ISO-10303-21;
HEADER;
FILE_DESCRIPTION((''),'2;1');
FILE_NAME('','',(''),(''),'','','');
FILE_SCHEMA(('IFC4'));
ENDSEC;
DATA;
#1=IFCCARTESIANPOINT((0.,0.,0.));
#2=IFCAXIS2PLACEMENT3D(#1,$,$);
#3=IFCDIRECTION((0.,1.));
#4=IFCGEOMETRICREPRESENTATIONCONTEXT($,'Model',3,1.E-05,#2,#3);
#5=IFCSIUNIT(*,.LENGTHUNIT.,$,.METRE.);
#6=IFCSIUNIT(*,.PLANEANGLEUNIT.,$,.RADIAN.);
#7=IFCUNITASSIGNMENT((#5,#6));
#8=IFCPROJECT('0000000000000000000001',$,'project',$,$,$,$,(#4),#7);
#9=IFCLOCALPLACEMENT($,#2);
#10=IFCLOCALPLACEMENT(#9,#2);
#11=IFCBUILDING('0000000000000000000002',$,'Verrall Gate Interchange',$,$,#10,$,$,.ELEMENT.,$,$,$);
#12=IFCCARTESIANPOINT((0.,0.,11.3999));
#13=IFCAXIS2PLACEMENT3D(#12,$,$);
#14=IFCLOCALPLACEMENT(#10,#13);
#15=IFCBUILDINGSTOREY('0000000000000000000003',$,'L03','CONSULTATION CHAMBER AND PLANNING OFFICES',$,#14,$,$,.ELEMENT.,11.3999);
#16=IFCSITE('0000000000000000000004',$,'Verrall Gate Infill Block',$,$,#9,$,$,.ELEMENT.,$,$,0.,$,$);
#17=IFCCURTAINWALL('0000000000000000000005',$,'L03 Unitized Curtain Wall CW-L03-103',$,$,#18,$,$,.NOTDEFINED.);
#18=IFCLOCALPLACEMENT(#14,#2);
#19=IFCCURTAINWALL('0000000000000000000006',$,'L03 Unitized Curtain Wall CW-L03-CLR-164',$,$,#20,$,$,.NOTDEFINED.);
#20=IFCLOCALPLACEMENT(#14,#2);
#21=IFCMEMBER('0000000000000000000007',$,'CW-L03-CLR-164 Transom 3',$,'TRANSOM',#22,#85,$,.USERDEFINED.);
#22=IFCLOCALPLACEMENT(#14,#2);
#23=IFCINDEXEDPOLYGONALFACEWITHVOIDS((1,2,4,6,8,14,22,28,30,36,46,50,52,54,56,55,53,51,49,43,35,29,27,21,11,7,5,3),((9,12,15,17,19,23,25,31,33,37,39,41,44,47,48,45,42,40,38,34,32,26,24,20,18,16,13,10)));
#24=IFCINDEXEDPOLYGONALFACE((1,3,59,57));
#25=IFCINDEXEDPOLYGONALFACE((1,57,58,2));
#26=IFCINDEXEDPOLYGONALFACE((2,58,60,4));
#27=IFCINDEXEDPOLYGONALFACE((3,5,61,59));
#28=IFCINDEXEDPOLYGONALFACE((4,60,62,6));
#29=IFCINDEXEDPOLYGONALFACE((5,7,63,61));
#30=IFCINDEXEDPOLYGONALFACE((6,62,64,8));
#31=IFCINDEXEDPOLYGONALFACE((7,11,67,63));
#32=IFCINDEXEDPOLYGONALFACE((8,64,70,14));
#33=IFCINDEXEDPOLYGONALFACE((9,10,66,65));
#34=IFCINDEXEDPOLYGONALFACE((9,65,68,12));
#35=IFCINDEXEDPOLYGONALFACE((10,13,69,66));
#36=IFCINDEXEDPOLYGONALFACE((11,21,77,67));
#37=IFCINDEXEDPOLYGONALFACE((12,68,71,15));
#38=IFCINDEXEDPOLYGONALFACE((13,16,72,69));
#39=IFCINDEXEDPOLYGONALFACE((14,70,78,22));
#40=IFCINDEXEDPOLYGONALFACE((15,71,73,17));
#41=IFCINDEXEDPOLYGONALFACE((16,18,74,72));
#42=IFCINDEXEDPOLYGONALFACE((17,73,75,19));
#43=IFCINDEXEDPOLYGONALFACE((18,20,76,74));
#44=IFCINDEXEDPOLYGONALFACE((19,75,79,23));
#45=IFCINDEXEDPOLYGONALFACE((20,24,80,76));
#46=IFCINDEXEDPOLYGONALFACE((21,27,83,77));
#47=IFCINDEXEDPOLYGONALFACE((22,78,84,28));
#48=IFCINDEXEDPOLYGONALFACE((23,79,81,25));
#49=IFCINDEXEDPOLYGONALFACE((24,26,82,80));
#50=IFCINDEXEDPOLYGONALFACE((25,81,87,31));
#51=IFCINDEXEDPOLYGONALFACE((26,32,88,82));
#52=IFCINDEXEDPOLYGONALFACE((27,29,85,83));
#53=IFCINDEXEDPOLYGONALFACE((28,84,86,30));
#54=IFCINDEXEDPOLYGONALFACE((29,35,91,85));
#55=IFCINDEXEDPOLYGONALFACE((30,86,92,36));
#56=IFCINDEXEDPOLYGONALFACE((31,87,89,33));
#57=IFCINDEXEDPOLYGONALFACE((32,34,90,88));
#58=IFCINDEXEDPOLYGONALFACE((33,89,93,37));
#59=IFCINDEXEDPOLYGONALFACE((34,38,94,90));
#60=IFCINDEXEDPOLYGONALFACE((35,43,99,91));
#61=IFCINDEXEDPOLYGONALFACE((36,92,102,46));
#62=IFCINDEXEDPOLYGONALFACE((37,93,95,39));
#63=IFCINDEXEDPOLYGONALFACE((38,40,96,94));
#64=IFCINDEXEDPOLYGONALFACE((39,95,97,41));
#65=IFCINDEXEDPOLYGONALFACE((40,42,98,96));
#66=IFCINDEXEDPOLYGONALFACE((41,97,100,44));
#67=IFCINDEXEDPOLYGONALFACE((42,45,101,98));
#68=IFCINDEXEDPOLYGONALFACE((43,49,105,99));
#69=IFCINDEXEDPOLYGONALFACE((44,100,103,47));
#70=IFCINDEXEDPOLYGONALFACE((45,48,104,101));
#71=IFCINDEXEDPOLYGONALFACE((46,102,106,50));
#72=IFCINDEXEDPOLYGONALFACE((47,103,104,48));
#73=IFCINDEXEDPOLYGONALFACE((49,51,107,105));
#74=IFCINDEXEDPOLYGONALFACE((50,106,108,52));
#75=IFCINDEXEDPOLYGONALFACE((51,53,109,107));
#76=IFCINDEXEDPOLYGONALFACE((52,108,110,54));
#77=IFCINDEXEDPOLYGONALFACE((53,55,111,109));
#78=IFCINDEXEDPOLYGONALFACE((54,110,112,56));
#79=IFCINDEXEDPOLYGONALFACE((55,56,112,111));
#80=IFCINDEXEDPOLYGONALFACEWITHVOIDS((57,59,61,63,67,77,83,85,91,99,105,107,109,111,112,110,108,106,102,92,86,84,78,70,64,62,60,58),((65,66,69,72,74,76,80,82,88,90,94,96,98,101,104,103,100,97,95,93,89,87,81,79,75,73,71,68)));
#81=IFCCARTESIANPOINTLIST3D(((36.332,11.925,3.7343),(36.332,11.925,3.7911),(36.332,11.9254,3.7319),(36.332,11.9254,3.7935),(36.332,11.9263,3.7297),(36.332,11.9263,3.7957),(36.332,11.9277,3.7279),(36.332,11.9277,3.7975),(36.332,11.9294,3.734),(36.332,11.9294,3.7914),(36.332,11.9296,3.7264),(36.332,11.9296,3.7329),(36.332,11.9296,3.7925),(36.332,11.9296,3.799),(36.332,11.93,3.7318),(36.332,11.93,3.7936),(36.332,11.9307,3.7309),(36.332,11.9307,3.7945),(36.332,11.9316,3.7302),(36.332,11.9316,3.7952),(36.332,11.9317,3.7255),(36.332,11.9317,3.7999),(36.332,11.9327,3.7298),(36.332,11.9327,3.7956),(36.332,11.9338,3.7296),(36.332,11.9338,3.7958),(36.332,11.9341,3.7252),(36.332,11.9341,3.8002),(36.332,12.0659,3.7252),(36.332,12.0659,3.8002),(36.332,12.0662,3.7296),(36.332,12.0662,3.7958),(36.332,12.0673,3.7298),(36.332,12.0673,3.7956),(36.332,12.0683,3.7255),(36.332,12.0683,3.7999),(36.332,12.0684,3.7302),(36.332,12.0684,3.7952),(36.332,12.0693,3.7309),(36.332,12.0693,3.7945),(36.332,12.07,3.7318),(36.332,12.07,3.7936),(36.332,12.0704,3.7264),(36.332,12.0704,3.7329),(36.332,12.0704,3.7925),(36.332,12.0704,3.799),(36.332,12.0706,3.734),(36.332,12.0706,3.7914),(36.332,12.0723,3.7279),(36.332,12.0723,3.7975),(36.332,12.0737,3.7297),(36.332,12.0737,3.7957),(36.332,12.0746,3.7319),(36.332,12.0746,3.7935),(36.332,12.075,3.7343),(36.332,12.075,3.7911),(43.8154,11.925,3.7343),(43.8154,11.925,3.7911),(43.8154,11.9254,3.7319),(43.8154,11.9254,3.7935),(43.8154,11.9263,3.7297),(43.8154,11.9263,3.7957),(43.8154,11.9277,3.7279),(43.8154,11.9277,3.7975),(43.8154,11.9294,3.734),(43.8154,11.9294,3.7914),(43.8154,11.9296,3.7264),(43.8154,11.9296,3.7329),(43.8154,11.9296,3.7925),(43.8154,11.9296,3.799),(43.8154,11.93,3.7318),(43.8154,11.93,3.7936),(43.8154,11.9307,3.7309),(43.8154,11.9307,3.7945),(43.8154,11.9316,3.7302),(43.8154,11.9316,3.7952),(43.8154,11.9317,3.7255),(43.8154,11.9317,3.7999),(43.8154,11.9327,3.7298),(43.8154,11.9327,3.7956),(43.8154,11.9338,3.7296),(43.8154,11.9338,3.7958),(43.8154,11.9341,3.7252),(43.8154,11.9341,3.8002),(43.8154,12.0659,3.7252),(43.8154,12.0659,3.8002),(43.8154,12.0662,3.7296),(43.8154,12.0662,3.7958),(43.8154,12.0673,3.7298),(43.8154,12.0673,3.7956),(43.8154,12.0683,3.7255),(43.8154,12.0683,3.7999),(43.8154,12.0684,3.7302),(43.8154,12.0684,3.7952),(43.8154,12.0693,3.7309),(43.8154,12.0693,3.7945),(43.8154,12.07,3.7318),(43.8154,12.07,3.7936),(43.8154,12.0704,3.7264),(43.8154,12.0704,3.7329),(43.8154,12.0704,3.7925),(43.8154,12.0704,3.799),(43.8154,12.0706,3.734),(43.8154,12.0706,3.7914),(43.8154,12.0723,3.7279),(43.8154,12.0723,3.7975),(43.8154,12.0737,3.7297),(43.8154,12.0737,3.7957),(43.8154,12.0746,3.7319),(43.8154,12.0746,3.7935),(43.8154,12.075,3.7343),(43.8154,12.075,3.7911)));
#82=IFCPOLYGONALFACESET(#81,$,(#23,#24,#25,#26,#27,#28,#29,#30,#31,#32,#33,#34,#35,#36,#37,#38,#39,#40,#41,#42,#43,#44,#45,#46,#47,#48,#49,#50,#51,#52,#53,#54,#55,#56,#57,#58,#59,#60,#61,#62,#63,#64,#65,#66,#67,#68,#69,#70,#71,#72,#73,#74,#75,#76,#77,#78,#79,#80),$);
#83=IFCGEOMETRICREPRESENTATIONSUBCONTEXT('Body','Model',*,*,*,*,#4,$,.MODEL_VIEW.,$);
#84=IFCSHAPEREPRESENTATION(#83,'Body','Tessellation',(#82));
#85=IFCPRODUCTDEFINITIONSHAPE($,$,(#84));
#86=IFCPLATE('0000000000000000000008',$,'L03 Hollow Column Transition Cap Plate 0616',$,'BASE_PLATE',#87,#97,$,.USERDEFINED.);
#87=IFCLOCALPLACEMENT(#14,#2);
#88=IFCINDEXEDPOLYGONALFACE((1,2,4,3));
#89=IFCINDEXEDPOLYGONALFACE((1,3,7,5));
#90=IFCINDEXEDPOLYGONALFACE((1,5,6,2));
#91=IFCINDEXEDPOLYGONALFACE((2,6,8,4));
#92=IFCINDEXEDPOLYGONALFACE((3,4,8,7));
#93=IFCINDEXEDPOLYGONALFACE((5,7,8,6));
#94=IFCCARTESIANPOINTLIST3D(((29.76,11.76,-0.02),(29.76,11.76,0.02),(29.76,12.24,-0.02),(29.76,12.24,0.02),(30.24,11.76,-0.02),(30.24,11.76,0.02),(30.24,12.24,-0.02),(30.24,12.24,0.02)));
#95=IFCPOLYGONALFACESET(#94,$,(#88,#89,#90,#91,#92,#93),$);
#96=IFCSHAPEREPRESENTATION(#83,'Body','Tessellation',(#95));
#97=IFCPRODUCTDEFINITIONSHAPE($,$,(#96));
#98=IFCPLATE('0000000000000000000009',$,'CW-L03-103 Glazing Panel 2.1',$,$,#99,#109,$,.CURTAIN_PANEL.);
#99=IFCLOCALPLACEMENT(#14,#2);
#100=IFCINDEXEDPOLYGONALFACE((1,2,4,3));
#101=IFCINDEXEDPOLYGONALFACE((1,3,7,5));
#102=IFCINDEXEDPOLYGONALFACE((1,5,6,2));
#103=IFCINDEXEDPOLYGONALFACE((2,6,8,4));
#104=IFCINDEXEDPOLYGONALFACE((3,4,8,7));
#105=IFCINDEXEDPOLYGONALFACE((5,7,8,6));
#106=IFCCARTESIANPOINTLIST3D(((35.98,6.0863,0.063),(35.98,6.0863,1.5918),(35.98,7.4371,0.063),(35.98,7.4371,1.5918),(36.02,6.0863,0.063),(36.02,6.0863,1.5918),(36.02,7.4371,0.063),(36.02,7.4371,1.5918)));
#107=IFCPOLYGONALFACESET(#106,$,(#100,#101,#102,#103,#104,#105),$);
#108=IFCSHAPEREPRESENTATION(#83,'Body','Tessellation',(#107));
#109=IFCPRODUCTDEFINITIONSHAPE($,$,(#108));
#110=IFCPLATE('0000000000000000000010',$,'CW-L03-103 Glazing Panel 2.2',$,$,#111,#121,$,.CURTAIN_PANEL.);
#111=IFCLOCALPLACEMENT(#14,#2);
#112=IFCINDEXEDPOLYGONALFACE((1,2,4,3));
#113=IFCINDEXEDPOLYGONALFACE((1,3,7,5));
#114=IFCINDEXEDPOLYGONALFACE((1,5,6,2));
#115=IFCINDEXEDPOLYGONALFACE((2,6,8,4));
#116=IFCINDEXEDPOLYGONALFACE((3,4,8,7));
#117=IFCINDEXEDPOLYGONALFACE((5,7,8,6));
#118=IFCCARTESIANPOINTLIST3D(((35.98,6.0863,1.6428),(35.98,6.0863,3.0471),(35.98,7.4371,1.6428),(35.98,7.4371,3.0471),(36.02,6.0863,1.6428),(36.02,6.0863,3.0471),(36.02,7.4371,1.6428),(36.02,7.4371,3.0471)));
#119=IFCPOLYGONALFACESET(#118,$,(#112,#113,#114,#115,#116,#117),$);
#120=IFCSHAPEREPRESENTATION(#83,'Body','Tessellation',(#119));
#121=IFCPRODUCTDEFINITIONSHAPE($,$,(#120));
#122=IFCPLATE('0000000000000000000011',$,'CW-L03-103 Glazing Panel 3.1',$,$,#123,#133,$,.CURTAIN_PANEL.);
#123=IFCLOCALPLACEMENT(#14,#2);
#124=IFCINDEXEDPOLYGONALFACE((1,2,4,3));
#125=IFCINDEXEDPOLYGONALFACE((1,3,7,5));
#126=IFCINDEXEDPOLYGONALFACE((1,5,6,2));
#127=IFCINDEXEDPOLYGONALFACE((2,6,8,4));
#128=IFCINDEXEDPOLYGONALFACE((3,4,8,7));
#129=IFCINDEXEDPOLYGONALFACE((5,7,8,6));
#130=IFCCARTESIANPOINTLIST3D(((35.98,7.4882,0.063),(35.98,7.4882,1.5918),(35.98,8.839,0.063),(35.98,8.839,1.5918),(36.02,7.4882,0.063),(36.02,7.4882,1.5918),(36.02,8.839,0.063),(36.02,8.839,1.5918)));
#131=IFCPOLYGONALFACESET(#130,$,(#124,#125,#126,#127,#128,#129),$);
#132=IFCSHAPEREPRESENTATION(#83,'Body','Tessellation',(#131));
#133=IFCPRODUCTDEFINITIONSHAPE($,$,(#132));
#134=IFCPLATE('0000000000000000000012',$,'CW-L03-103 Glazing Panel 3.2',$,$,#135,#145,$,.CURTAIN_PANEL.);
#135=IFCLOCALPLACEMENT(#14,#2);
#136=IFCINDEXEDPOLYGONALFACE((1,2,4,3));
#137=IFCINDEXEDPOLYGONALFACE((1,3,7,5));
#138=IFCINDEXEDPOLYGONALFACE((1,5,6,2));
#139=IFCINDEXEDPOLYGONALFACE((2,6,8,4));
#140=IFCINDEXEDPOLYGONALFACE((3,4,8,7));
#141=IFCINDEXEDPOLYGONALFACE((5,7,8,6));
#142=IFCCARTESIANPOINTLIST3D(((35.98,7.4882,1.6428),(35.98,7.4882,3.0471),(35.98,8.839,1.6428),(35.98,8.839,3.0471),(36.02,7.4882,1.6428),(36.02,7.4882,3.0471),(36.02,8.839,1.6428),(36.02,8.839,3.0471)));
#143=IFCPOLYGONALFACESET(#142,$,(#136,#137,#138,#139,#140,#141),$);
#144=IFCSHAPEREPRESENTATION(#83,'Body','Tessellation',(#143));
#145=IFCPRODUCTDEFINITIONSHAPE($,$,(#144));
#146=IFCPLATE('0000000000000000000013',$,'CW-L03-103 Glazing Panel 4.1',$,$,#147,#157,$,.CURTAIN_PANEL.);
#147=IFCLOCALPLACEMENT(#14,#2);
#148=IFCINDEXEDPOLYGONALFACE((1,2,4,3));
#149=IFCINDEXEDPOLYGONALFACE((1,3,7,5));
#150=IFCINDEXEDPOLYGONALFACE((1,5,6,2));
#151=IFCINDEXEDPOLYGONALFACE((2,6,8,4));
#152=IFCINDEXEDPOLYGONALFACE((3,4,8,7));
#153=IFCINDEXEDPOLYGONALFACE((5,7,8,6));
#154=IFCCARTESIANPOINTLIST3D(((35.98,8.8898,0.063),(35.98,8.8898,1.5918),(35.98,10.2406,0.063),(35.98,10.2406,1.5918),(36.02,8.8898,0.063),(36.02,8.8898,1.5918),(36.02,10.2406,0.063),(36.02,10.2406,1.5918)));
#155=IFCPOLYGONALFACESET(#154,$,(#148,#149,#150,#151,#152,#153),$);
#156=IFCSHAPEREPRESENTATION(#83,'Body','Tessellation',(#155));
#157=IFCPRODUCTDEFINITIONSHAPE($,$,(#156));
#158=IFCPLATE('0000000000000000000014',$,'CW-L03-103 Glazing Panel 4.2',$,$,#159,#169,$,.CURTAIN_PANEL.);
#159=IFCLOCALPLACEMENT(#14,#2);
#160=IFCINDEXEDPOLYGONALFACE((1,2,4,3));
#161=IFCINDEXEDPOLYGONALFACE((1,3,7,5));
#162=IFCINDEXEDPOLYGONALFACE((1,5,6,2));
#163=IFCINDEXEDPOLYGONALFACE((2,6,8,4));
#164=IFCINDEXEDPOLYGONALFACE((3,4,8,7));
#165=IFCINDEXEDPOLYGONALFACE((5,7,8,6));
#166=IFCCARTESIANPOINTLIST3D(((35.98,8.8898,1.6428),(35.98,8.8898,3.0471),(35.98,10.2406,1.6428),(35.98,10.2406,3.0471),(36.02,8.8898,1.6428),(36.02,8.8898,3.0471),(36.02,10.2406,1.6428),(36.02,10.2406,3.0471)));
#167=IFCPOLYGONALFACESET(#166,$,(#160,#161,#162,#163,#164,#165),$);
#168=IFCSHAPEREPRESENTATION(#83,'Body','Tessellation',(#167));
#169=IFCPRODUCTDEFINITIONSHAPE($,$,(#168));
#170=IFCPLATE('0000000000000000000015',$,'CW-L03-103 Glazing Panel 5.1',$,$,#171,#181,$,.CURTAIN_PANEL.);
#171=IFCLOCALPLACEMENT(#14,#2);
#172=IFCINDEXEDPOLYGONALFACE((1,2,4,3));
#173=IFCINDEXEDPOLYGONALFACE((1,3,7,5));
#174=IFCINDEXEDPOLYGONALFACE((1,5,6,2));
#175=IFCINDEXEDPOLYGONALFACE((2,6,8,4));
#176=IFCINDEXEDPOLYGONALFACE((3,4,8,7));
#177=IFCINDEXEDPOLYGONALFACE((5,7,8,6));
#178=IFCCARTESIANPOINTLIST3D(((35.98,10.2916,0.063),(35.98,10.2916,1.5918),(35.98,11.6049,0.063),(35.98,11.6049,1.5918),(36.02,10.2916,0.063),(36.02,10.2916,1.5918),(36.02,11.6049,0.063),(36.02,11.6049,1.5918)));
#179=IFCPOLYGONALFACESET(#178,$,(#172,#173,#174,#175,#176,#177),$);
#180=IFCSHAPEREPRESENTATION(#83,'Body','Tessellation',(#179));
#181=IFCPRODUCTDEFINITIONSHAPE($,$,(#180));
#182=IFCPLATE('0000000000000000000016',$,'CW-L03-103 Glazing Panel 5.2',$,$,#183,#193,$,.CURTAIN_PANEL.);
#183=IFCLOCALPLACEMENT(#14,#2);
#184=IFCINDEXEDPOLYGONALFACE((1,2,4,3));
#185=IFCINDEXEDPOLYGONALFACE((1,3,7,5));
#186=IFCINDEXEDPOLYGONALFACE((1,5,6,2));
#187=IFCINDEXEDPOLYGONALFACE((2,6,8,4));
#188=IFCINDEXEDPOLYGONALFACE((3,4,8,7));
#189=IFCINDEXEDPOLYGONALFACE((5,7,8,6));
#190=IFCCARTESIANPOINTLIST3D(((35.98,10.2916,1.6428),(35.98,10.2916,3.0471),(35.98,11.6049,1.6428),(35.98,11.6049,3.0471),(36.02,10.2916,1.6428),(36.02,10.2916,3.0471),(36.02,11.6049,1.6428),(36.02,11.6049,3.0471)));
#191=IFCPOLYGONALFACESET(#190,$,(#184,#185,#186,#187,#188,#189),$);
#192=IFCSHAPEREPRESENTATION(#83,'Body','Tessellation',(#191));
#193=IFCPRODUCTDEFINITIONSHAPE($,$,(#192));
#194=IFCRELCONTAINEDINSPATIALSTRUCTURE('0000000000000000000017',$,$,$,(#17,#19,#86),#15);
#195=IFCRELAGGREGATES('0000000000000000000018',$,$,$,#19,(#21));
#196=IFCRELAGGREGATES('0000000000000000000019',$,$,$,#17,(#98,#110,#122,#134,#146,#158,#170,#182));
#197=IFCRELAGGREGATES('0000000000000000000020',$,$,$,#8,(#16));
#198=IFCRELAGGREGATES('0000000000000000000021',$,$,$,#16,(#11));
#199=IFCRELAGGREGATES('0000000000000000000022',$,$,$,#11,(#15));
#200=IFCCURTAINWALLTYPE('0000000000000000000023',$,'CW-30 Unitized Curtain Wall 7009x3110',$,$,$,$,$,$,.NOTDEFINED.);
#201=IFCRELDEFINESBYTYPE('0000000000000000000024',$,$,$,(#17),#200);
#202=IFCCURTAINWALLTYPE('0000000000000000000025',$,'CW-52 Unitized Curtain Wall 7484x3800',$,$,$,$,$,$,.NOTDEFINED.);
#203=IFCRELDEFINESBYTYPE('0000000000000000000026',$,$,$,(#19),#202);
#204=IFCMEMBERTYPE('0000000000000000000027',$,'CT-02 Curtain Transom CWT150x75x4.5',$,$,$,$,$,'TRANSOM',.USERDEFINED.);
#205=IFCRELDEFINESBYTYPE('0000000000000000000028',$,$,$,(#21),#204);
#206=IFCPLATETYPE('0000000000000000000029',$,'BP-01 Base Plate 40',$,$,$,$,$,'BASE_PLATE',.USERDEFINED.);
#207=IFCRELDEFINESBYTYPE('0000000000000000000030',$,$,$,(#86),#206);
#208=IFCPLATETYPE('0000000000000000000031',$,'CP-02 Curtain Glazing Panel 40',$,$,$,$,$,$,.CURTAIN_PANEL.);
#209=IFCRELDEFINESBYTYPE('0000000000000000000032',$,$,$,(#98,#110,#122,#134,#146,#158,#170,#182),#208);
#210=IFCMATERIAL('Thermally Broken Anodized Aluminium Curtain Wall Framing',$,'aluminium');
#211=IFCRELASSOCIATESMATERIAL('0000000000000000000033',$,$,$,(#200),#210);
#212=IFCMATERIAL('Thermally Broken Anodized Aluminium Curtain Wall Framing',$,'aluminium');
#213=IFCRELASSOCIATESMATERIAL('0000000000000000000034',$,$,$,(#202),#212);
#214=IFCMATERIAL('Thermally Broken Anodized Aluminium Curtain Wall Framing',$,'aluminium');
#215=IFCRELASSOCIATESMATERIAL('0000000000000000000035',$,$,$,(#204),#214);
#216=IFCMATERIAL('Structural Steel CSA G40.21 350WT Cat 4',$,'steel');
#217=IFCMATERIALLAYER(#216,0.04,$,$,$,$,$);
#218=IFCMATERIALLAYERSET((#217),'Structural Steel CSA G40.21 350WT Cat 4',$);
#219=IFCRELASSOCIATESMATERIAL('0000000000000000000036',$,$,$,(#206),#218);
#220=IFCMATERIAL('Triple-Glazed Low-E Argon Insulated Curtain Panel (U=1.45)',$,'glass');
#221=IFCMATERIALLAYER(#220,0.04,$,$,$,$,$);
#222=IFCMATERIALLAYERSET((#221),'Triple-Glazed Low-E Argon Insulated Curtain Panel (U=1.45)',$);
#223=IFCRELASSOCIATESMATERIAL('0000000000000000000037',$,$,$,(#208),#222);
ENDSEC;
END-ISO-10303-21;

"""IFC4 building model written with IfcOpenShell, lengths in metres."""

from ifc_helpers import new_model, si_unit, direction, frame, origin, origin_2d, place, context, subcontext, project, spatial, rectangle, hollow_rectangle, extrude, material, layer, layer_set, material_profile, profile_set, type_object, element, aggregate, save


model = new_model("IFC4")

# Units and contexts
model_context = context("Model", 3, precision=1e-05, world=origin(), true_north=direction((0.0, 1.0)))
body_context = subcontext(model_context, "Body", "Model", "MODEL_VIEW")
ifc_project = project(units=[si_unit("LENGTHUNIT", "METRE"), si_unit("PLANEANGLEUNIT", "RADIAN")], contexts=[model_context])

# Site, building, storey
site_placement = place(None, origin())
site = spatial("IfcSite", under=ifc_project, at=site_placement, Name="Verrall Gate Infill Block", CompositionType="ELEMENT", RefElevation=0.0)
building_placement = place(site_placement, origin())
building = spatial("IfcBuilding", under=site, at=building_placement, Name="Verrall Gate Interchange", CompositionType="ELEMENT")
storey_placement = place(building_placement, frame((0.0, 0.0, 11.3999)))
storey = spatial("IfcBuildingStorey", under=building, at=storey_placement, Name="L03", Description="CONSULTATION CHAMBER AND PLANNING OFFICES", CompositionType="ELEMENT", Elevation=11.3999)

# Curtain walls, member
ifc_material_1 = material(Name="Thermally Broken Anodized Aluminium Curtain Wall Framing", Category="aluminium")
curtain_wall_type_1 = type_object("IfcCurtainWallType", Name="CW-30 Unitized Curtain Wall 7009x3110", PredefinedType="NOTDEFINED", material=ifc_material_1)
curtain_wall_1_placement = place(storey_placement, origin())
curtain_wall_1 = element("IfcCurtainWall", 1, at=curtain_wall_1_placement, inside=storey, type_object=curtain_wall_type_1, Name="L03 Unitized Curtain Wall CW-L03-103", PredefinedType="NOTDEFINED")
ifc_material_2 = material(Name="Thermally Broken Anodized Aluminium Curtain Wall Framing", Category="aluminium")
curtain_wall_type_2 = type_object("IfcCurtainWallType", Name="CW-52 Unitized Curtain Wall 7484x3800", PredefinedType="NOTDEFINED", material=ifc_material_2)
curtain_wall_2_placement = place(storey_placement, origin())
curtain_wall_2 = element("IfcCurtainWall", 2, at=curtain_wall_2_placement, inside=storey, type_object=curtain_wall_type_2, Name="L03 Unitized Curtain Wall CW-L03-CLR-164", PredefinedType="NOTDEFINED")
ifc_material_3 = material(Name="Thermally Broken Anodized Aluminium Curtain Wall Framing", Category="aluminium")
ifc_material_profile_1 = material_profile(ifc_material_3, hollow_rectangle(XDim=0.1499, YDim=0.075, WallThickness=0.0044, InnerFilletRadius=0.0044, OuterFilletRadius=0.009, at=origin_2d()), Name="CWT150x75x4.5")
ifc_profile_set_1 = profile_set([ifc_material_profile_1], Name="Thermally Broken Anodized Aluminium Curtain Wall Framing")
member_type_1 = type_object("IfcMemberType", Name="CT-02 Curtain Transom CWT150x75x4.5", ElementType="TRANSOM", PredefinedType="USERDEFINED", material=ifc_profile_set_1)
member_1_placement = place(storey_placement, frame((36.332, 12.0, 3.7627), z_axis=(1.0, 0.0, 0.0), x_axis=(0.0, 1.0, 0.0)))
member_1 = element("IfcMember", 3, at=member_1_placement, type_object=member_type_1, Name="CW-L03-CLR-164 Transom 3", ObjectType="TRANSOM", PredefinedType="USERDEFINED", context=body_context, shape_type="SweptSolid", body=[
    extrude(hollow_rectangle(XDim=0.1499, YDim=0.075, WallThickness=0.0044, InnerFilletRadius=0.0044, OuterFilletRadius=0.009, at=origin_2d()), origin(), (0.0, 0.0, 1.0), 7.4834),
])
aggregate(curtain_wall_2, [member_1])

# Plates
ifc_material_4 = material(Name="Structural Steel CSA G40.21 350WT Cat 4", Category="steel")
ifc_layer_1 = layer(ifc_material_4, 0.04)
ifc_layer_set_1 = layer_set([ifc_layer_1], Name="Structural Steel CSA G40.21 350WT Cat 4")
plate_type_1 = type_object("IfcPlateType", Name="BP-01 Base Plate 40", ElementType="BASE_PLATE", PredefinedType="USERDEFINED", material=ifc_layer_set_1)
plate_1_placement = place(storey_placement, frame((30.0, 12.0, -0.02), z_axis=(0.0, 0.0, 1.0), x_axis=(1.0, 0.0, 0.0)))
element("IfcPlate", 4, at=plate_1_placement, inside=storey, type_object=plate_type_1, Name="L03 Hollow Column Transition Cap Plate 0616", ObjectType="BASE_PLATE", PredefinedType="USERDEFINED", context=body_context, shape_type="SweptSolid", body=[
    extrude(rectangle(XDim=0.48, YDim=0.48, at=origin_2d()), origin(), (0.0, 0.0, 1.0), 0.04),
])
ifc_material_5 = material(Name="Triple-Glazed Low-E Argon Insulated Curtain Panel (U=1.45)", Category="glass")
ifc_layer_2 = layer(ifc_material_5, 0.04)
ifc_layer_set_2 = layer_set([ifc_layer_2], Name="Triple-Glazed Low-E Argon Insulated Curtain Panel (U=1.45)")
plate_type_2 = type_object("IfcPlateType", Name="CP-02 Curtain Glazing Panel 40", PredefinedType="CURTAIN_PANEL", material=ifc_layer_set_2)
plate_2_placement = place(storey_placement, frame((36.0, 6.7617, 0.063), z_axis=(0.0, 0.0, 1.0), x_axis=(0.0, 1.0, 0.0)))
plate_2 = element("IfcPlate", 5, at=plate_2_placement, type_object=plate_type_2, Name="CW-L03-103 Glazing Panel 2.1", PredefinedType="CURTAIN_PANEL", context=body_context, shape_type="SweptSolid", body=[
    extrude(rectangle(XDim=1.3508, YDim=0.04, at=origin_2d()), origin(), (0.0, 0.0, 1.0), 1.5288),
])
plate_3_placement = place(storey_placement, frame((36.0, 6.7617, 1.6428), z_axis=(0.0, 0.0, 1.0), x_axis=(0.0, 1.0, 0.0)))
plate_3 = element("IfcPlate", 6, at=plate_3_placement, type_object=plate_type_2, Name="CW-L03-103 Glazing Panel 2.2", PredefinedType="CURTAIN_PANEL", context=body_context, shape_type="SweptSolid", body=[
    extrude(rectangle(XDim=1.3508, YDim=0.04, at=origin_2d()), origin(), (0.0, 0.0, 1.0), 1.4043),
])
plate_4_placement = place(storey_placement, frame((36.0, 8.1636, 0.063), z_axis=(0.0, 0.0, 1.0), x_axis=(0.0, 1.0, 0.0)))
plate_4 = element("IfcPlate", 7, at=plate_4_placement, type_object=plate_type_2, Name="CW-L03-103 Glazing Panel 3.1", PredefinedType="CURTAIN_PANEL", context=body_context, shape_type="SweptSolid", body=[
    extrude(rectangle(XDim=1.3508, YDim=0.04, at=origin_2d()), origin(), (0.0, 0.0, 1.0), 1.5288),
])
plate_5_placement = place(storey_placement, frame((36.0, 8.1636, 1.6428), z_axis=(0.0, 0.0, 1.0), x_axis=(0.0, 1.0, 0.0)))
plate_5 = element("IfcPlate", 8, at=plate_5_placement, type_object=plate_type_2, Name="CW-L03-103 Glazing Panel 3.2", PredefinedType="CURTAIN_PANEL", context=body_context, shape_type="SweptSolid", body=[
    extrude(rectangle(XDim=1.3508, YDim=0.04, at=origin_2d()), origin(), (0.0, 0.0, 1.0), 1.4043),
])
plate_6_placement = place(storey_placement, frame((36.0, 9.5652, 0.063), z_axis=(0.0, 0.0, 1.0), x_axis=(0.0, 1.0, 0.0)))
plate_6 = element("IfcPlate", 9, at=plate_6_placement, type_object=plate_type_2, Name="CW-L03-103 Glazing Panel 4.1", PredefinedType="CURTAIN_PANEL", context=body_context, shape_type="SweptSolid", body=[
    extrude(rectangle(XDim=1.3508, YDim=0.04, at=origin_2d()), origin(), (0.0, 0.0, 1.0), 1.5288),
])
plate_7_placement = place(storey_placement, frame((36.0, 9.5652, 1.6428), z_axis=(0.0, 0.0, 1.0), x_axis=(0.0, 1.0, 0.0)))
plate_7 = element("IfcPlate", 10, at=plate_7_placement, type_object=plate_type_2, Name="CW-L03-103 Glazing Panel 4.2", PredefinedType="CURTAIN_PANEL", context=body_context, shape_type="SweptSolid", body=[
    extrude(rectangle(XDim=1.3508, YDim=0.04, at=origin_2d()), origin(), (0.0, 0.0, 1.0), 1.4043),
])
plate_8_placement = place(storey_placement, frame((36.0, 10.9482, 0.063), z_axis=(0.0, 0.0, 1.0), x_axis=(0.0, 1.0, 0.0)))
plate_8 = element("IfcPlate", 11, at=plate_8_placement, type_object=plate_type_2, Name="CW-L03-103 Glazing Panel 5.1", PredefinedType="CURTAIN_PANEL", context=body_context, shape_type="SweptSolid", body=[
    extrude(rectangle(XDim=1.3132, YDim=0.04, at=origin_2d()), origin(), (0.0, 0.0, 1.0), 1.5288),
])
plate_9_placement = place(storey_placement, frame((36.0, 10.9482, 1.6428), z_axis=(0.0, 0.0, 1.0), x_axis=(0.0, 1.0, 0.0)))
plate_9 = element("IfcPlate", 12, at=plate_9_placement, type_object=plate_type_2, Name="CW-L03-103 Glazing Panel 5.2", PredefinedType="CURTAIN_PANEL", context=body_context, shape_type="SweptSolid", body=[
    extrude(rectangle(XDim=1.3132, YDim=0.04, at=origin_2d()), origin(), (0.0, 0.0, 1.0), 1.4043),
])
aggregate(curtain_wall_1, [plate_2, plate_3, plate_4, plate_5, plate_6, plate_7, plate_8, plate_9])

save(model, "model.ifc")
